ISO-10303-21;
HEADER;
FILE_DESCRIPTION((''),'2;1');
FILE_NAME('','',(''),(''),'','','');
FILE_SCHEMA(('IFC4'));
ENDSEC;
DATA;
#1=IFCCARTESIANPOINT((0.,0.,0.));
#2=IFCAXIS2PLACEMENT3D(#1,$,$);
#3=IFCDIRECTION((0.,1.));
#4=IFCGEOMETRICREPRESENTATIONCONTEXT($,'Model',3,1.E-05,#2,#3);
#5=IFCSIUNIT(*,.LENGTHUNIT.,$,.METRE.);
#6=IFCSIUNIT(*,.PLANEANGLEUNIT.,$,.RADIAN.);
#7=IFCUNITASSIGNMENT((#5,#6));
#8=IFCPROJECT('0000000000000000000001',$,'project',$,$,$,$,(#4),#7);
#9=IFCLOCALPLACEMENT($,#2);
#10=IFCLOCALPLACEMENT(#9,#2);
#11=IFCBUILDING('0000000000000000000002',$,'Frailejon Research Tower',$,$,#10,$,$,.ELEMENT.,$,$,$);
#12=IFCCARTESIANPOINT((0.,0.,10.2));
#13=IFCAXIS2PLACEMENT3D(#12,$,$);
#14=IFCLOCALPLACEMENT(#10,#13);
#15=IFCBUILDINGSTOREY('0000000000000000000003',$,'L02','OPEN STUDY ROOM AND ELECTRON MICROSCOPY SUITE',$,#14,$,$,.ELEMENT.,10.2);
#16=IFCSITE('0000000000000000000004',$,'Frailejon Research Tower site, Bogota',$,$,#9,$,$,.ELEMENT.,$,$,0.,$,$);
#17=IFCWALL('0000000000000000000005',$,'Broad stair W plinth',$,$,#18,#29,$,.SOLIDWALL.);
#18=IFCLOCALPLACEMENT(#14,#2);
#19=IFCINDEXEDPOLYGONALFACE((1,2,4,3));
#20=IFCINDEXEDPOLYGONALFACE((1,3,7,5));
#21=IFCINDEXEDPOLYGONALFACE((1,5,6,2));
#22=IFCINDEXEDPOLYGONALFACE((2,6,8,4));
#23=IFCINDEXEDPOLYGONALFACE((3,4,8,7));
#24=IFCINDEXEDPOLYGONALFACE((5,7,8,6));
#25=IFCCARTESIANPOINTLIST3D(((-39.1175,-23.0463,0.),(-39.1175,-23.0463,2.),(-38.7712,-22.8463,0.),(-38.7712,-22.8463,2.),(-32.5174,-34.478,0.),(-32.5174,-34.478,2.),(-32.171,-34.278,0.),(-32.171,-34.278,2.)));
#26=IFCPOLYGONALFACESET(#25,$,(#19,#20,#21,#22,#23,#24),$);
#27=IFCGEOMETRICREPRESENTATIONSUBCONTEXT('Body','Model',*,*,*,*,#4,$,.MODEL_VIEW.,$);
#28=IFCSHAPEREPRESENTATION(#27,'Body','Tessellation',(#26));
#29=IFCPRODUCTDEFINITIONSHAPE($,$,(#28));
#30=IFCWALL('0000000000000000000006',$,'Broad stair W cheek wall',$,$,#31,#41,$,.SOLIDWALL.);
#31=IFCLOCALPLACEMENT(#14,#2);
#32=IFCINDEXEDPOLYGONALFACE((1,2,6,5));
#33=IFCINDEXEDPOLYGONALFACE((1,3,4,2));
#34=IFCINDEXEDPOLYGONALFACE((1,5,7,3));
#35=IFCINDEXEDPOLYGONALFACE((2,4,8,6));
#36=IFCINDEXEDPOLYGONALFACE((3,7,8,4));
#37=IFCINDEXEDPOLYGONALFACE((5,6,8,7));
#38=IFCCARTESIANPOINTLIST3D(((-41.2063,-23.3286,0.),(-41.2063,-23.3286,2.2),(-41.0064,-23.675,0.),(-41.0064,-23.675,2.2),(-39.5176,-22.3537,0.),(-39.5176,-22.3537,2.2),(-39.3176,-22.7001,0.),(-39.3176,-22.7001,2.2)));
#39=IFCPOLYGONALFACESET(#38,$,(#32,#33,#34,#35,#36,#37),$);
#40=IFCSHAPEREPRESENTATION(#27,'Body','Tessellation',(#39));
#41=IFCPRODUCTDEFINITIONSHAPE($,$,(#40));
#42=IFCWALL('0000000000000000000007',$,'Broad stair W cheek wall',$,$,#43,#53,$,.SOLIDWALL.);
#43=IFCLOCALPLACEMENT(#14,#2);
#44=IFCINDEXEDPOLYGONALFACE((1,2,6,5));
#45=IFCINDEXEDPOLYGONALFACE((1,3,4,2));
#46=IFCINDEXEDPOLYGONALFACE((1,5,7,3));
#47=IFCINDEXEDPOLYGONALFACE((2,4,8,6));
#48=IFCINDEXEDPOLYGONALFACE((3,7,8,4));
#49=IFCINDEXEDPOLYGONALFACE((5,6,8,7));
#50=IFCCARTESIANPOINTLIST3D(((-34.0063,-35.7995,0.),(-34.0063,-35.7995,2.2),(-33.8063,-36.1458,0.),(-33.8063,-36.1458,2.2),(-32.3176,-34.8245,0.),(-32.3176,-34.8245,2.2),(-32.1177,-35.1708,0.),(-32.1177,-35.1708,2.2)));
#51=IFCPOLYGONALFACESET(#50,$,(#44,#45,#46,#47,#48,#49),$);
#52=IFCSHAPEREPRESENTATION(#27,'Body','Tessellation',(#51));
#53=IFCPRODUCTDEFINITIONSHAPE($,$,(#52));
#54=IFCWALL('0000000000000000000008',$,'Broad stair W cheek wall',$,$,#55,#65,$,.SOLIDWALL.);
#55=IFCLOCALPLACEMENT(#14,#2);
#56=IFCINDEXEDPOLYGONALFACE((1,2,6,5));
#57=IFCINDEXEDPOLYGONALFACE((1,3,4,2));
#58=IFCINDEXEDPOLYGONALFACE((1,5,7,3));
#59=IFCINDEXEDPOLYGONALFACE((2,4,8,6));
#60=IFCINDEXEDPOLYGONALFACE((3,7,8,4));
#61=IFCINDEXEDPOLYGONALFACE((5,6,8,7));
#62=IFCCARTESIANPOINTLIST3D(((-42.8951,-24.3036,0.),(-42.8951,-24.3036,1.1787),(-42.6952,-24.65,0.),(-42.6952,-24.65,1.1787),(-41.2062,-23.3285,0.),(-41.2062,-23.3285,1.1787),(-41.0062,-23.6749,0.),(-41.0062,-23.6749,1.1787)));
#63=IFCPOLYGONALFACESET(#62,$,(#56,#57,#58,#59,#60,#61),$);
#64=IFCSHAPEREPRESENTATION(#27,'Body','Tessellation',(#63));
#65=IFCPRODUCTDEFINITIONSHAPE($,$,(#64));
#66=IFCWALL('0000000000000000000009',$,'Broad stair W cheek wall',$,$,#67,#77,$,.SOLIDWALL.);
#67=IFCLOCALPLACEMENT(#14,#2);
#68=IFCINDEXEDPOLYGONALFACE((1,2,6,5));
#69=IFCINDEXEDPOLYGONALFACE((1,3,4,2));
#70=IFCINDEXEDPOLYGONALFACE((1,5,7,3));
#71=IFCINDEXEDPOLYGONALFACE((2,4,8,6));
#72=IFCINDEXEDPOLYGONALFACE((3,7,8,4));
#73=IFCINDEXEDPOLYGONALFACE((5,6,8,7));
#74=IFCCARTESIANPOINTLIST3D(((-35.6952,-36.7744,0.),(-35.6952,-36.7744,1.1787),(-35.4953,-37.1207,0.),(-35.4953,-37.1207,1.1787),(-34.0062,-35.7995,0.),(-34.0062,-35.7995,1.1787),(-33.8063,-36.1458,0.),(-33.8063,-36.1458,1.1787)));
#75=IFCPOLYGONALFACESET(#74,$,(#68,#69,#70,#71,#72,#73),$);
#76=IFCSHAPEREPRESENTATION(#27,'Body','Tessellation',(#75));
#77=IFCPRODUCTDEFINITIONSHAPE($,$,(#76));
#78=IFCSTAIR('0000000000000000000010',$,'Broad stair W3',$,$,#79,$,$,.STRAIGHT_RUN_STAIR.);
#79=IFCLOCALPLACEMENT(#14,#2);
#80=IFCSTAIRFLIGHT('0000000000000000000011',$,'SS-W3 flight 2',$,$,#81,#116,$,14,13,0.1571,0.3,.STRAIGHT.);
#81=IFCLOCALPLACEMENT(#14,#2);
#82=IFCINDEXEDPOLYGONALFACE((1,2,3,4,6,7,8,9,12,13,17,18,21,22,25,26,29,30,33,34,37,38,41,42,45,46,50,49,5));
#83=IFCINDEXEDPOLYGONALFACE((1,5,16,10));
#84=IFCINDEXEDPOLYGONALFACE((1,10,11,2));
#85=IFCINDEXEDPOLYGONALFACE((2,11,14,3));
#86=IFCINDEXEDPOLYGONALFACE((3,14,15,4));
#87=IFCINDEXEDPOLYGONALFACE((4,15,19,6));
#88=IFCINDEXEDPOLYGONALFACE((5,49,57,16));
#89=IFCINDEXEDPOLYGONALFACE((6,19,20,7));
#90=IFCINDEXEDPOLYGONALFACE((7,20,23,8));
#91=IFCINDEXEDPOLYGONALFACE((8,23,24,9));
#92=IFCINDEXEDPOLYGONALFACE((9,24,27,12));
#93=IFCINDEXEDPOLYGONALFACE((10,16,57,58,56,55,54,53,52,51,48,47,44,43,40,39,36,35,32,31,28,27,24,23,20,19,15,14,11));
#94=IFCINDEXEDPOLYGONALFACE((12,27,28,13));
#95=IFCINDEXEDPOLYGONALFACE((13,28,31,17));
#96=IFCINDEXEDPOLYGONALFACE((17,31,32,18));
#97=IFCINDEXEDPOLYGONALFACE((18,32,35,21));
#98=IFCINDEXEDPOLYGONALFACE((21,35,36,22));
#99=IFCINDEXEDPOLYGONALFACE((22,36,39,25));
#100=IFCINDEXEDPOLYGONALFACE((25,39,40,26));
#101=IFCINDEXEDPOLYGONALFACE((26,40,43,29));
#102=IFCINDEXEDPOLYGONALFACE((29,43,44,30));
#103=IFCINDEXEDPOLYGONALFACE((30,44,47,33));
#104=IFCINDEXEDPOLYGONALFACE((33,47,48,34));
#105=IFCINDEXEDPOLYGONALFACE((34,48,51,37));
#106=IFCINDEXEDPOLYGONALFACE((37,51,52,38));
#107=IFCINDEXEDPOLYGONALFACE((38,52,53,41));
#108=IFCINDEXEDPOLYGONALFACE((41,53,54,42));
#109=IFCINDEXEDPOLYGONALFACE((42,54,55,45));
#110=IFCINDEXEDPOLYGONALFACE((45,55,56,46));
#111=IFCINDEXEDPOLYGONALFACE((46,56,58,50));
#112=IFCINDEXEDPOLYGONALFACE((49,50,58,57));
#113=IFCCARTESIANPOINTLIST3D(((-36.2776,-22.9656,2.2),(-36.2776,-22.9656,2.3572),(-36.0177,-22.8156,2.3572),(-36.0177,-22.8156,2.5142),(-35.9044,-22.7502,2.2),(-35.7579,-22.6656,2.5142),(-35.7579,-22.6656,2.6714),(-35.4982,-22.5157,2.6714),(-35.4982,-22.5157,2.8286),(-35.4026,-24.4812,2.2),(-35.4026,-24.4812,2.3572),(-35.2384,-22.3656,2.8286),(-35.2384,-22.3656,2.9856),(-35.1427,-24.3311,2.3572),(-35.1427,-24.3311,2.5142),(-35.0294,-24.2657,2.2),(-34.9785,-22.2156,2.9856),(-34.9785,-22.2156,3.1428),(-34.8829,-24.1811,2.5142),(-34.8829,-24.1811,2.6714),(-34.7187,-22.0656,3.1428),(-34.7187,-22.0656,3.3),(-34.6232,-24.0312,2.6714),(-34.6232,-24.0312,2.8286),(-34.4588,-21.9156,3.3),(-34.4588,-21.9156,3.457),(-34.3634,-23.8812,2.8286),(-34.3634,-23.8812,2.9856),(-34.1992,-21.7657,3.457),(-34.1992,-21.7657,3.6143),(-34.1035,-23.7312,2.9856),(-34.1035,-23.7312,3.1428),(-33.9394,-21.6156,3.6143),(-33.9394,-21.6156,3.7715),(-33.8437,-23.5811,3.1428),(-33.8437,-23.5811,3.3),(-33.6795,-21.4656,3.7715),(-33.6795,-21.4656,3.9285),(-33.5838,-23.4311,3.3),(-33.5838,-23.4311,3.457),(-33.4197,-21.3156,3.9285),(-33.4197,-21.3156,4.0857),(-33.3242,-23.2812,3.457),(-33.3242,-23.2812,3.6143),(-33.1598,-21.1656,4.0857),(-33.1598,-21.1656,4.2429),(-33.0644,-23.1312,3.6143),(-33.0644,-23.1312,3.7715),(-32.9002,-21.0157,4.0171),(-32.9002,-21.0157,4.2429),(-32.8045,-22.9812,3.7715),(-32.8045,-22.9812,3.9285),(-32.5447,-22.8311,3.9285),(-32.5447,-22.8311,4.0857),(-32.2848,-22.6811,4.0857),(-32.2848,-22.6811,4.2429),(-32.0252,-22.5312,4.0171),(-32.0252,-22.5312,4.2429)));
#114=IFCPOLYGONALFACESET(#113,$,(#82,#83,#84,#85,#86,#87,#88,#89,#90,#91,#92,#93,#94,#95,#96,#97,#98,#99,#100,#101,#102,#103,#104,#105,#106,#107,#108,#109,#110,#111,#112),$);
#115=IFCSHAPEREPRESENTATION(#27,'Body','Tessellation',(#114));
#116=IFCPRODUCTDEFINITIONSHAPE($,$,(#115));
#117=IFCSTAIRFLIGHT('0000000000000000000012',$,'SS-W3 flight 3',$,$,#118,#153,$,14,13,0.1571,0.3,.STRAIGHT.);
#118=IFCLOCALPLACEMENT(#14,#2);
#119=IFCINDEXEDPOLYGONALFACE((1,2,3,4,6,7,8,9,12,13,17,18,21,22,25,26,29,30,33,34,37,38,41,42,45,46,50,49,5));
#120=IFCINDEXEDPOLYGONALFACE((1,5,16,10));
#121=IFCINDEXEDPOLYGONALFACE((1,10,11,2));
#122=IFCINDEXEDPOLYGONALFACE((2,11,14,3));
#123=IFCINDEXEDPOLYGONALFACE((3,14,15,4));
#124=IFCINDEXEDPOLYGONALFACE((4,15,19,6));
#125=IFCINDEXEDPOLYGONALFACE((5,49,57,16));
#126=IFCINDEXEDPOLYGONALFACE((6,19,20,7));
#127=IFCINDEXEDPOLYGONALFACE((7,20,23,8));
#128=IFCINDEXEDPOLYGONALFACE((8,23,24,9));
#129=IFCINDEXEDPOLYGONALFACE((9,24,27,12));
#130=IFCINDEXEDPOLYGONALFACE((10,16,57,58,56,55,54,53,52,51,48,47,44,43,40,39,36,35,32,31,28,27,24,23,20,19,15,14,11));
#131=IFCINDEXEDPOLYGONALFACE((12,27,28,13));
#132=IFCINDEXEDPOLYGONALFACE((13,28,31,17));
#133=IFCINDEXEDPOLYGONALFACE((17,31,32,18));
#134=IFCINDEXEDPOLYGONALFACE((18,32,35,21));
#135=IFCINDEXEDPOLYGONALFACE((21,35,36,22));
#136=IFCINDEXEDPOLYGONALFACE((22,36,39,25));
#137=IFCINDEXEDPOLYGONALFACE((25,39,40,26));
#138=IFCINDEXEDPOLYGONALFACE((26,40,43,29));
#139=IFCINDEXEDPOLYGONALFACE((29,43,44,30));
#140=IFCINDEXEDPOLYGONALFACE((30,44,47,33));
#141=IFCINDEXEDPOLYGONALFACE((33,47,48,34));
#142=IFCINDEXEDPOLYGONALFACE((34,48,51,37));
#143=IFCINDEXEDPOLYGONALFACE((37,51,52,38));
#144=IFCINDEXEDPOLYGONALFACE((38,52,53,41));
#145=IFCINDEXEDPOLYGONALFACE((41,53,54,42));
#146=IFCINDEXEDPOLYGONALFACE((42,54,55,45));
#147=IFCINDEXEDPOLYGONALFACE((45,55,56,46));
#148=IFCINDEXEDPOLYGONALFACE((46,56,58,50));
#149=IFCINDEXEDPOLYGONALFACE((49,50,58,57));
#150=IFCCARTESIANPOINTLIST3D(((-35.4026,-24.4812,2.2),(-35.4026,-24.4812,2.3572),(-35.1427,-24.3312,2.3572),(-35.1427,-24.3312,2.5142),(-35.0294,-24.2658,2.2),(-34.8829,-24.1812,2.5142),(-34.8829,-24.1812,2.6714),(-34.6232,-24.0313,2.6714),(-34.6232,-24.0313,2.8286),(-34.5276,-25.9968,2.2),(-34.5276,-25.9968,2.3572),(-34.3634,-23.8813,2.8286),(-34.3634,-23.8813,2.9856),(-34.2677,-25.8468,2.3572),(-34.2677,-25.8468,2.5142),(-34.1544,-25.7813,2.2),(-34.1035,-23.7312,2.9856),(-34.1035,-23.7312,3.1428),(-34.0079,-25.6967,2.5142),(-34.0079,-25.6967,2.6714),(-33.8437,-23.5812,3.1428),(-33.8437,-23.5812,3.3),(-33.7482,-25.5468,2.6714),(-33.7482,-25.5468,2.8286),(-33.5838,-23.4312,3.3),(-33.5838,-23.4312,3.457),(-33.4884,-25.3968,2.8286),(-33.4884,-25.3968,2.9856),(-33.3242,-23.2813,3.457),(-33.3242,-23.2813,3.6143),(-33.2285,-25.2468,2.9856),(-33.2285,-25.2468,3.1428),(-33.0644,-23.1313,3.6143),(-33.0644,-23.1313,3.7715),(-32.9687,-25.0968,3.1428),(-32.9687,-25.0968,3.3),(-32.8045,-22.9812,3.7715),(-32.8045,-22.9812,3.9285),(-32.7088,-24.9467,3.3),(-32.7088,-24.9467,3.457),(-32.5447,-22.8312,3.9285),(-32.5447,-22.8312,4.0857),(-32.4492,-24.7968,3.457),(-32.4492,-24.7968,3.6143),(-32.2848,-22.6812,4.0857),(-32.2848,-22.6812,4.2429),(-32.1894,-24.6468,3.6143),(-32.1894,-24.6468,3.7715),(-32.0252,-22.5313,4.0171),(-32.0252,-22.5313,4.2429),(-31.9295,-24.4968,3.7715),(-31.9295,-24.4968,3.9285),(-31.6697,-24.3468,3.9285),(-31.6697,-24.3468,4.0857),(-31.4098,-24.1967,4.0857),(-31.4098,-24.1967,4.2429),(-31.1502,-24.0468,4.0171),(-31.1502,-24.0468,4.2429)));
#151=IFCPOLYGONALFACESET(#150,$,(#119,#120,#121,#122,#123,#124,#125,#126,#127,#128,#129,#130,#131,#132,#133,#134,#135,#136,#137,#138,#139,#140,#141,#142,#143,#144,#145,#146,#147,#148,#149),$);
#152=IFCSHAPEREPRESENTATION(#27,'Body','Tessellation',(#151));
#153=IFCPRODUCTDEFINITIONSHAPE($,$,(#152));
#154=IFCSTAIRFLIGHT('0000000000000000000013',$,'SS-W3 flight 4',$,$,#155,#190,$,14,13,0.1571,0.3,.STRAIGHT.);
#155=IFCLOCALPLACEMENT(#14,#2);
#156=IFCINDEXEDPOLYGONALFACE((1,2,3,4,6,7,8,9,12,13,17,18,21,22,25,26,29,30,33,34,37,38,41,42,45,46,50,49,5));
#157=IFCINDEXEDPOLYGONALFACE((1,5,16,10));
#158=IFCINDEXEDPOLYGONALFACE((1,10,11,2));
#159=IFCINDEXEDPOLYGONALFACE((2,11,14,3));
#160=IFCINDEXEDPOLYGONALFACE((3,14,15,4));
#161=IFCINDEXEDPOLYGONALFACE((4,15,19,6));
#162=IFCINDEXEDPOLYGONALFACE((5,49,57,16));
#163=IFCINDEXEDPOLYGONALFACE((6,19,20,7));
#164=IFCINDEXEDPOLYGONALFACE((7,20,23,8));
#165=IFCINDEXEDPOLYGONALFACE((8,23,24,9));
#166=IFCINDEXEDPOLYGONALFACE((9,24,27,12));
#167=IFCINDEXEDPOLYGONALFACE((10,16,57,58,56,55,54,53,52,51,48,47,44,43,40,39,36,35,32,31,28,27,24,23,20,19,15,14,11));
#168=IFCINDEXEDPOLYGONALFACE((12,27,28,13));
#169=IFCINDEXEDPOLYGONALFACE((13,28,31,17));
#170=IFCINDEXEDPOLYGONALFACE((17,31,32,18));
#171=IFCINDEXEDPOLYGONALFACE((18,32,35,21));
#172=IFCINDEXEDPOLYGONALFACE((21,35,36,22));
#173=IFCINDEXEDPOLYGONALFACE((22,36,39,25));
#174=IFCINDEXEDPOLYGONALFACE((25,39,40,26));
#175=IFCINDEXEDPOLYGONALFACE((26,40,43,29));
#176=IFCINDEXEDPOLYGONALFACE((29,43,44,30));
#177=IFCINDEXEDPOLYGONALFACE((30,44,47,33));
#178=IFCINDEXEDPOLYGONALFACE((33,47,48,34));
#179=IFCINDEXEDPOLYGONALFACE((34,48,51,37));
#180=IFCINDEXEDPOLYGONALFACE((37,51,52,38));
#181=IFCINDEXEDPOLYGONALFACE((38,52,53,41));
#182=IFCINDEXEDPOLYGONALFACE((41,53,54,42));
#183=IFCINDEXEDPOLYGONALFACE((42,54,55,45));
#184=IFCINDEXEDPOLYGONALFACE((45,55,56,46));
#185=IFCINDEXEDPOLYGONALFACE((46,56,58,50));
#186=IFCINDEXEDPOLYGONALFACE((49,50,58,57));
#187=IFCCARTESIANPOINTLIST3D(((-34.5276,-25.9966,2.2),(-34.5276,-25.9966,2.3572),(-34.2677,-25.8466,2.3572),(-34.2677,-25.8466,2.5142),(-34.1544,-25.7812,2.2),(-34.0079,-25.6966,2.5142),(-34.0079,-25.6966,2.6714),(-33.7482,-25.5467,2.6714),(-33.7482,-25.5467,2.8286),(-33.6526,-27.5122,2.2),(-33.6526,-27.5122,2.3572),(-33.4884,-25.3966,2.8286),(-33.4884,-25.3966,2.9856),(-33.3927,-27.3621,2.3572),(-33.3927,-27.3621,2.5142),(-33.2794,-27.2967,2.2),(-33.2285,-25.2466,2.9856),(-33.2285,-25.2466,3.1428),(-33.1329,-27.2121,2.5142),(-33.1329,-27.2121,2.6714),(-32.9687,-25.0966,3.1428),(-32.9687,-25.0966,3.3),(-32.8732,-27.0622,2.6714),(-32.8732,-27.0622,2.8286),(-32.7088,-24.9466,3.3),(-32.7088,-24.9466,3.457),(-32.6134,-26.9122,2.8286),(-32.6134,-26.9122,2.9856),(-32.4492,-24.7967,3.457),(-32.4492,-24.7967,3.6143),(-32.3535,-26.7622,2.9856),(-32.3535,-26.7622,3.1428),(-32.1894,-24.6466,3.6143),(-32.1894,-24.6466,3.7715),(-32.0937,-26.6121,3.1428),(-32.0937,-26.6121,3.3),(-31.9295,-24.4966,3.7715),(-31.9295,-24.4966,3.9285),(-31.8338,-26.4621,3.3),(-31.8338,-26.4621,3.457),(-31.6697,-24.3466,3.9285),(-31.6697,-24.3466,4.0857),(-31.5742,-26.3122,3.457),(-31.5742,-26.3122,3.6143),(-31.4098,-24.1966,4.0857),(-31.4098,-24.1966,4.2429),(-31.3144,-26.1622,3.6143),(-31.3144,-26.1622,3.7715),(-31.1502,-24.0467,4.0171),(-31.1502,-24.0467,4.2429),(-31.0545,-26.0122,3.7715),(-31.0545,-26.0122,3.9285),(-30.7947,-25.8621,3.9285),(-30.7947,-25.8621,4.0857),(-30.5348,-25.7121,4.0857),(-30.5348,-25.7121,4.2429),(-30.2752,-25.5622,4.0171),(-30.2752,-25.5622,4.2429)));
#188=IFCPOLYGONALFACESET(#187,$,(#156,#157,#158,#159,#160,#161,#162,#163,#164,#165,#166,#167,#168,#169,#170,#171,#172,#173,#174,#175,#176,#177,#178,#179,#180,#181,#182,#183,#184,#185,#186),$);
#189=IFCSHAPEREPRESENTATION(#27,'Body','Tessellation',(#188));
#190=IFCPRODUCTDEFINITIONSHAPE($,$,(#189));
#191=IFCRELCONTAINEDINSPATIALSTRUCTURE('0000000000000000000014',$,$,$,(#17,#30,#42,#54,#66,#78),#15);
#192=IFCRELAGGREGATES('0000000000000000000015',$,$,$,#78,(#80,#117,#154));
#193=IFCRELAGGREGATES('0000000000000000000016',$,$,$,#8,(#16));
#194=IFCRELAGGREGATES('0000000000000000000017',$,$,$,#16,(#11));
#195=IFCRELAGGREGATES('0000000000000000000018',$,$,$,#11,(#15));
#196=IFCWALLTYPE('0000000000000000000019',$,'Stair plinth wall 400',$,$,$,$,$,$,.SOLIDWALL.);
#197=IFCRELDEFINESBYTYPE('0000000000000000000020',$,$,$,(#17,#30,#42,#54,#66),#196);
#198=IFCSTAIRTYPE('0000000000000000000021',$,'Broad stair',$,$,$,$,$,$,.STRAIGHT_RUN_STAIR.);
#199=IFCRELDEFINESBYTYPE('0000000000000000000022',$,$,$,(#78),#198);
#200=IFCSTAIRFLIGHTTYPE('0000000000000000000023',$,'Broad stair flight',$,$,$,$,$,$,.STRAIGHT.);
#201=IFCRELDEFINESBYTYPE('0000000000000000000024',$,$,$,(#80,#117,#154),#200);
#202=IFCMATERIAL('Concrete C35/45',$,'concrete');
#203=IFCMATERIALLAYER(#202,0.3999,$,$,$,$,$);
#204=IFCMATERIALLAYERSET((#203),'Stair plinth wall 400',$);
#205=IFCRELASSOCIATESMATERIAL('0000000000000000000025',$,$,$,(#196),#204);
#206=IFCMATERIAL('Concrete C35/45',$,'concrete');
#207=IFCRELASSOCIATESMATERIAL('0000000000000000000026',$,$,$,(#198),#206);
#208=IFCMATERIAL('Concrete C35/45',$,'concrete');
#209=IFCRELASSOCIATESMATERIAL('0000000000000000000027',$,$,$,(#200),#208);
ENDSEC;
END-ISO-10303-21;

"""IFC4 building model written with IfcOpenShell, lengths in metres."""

from ifc_helpers import new_model, si_unit, direction, frame, frame_2d, origin, place, context, subcontext, project, spatial, polyline, rectangle, outline, extrude, material, layer, layer_set, type_object, element, aggregate, save


model = new_model("IFC4")

# Units and contexts
model_context = context("Model", 3, precision=1e-05, world=origin(), true_north=direction((0.0, 1.0)))
body_context = subcontext(model_context, "Body", "Model", "MODEL_VIEW")
ifc_project = project(units=[si_unit("LENGTHUNIT", "METRE"), si_unit("PLANEANGLEUNIT", "RADIAN")], contexts=[model_context])

# Site, building, storey
site_placement = place(None, origin())
site = spatial("IfcSite", under=ifc_project, at=site_placement, Name="Frailejon Research Tower site, Bogota", CompositionType="ELEMENT", RefElevation=0.0)
building_placement = place(site_placement, origin())
building = spatial("IfcBuilding", under=site, at=building_placement, Name="Frailejon Research Tower", CompositionType="ELEMENT")
storey_placement = place(building_placement, frame((0.0, 0.0, 10.2)))
storey = spatial("IfcBuildingStorey", under=building, at=storey_placement, Name="L02", Description="OPEN STUDY ROOM AND ELECTRON MICROSCOPY SUITE", CompositionType="ELEMENT", Elevation=10.2)

# Walls
ifc_material_1 = material(Name="Concrete C35/45", Category="concrete")
ifc_layer = layer(ifc_material_1, 0.3999)
ifc_layer_set = layer_set([ifc_layer], Name="Stair plinth wall 400")
wall_type = type_object("IfcWallType", Name="Stair plinth wall 400", PredefinedType="SOLIDWALL", material=ifc_layer_set)
wall_placement = place(storey_placement, frame((-38.9443, -22.9463, 0.0), z_axis=(0.0, 0.0, 1.0), x_axis=(0.500002, -0.866024, 0.0)))
element("IfcWall", 1, at=wall_placement, inside=storey, type_object=wall_type, Name="Broad stair W plinth", PredefinedType="SOLIDWALL", context=body_context, shape_type="SweptSolid", body=[
    extrude(rectangle(XDim=13.2002, YDim=0.3999, at=frame_2d((6.6001, 0.0))), origin(), (0.0, 0.0, 1.0), 2.0),
])
for number, where, z_axis, x_axis, name in (
    (2, (-39.4175, -22.5269, 0.0), (0.0, 0.0, 1.0), (-0.866054, -0.49995, 0.0), "Broad stair W cheek wall"),
    (3, (-32.2175, -34.9976, 0.0), (0.0, 0.0, 1.0), (-0.866, -0.500044, 0.0), "Broad stair W cheek wall"),
):
    element("IfcWall", number, at=place(storey_placement, frame(where, z_axis=z_axis, x_axis=x_axis)), inside=storey, type_object=wall_type, Name=name, PredefinedType="SOLIDWALL", context=body_context, shape_type="SweptSolid", body=[
        extrude(rectangle(XDim=1.95, YDim=0.3999, at=frame_2d((0.9751, 0.0))), origin(), (0.0, 0.0, 1.0), 2.2),
    ])
for number, where, z_axis, x_axis, name in (
    (4, (-41.1062, -23.5017, 0.0), (0.0, 0.0, 1.0), (-0.866031, -0.49999, 0.0), "Broad stair W cheek wall"),
    (5, (-33.9062, -35.9727, 0.0), (0.0, 0.0, 1.0), (-0.866086, -0.499896, 0.0), "Broad stair W cheek wall"),
):
    element("IfcWall", number, at=place(storey_placement, frame(where, z_axis=z_axis, x_axis=x_axis)), inside=storey, type_object=wall_type, Name=name, PredefinedType="SOLIDWALL", context=body_context, shape_type="SweptSolid", body=[
        extrude(rectangle(XDim=1.9502, YDim=0.3999, at=frame_2d((0.9751, 0.0))), origin(), (0.0, 0.0, 1.0), 1.1787),
    ])

# Stair, stair flights
ifc_material_2 = material(Name="Concrete C35/45", Category="concrete")
stair_type = type_object("IfcStairType", Name="Broad stair", PredefinedType="STRAIGHT_RUN_STAIR", material=ifc_material_2)
stair_placement = place(storey_placement, origin())
stair = element("IfcStair", 6, at=stair_placement, inside=storey, type_object=stair_type, Name="Broad stair W3", PredefinedType="STRAIGHT_RUN_STAIR")
ifc_material_3 = material(Name="Concrete C35/45", Category="concrete")
stair_flight_type = type_object("IfcStairFlightType", Name="Broad stair flight", PredefinedType="STRAIGHT", material=ifc_material_3)
stair_flight_1_placement = place(storey_placement, frame((-35.8401, -23.7234, 2.2), z_axis=(0.0, 0.0, 1.0), x_axis=(0.866025, 0.5, 0.0)))
stair_flight_1 = element("IfcStairFlight", 7, at=stair_flight_1_placement, type_object=stair_flight_type, Name="SS-W3 flight 2", NumberOfRisers=14, NumberOfTreads=13, PredefinedType="STRAIGHT", RiserHeight=0.1571, TreadLength=0.3, context=body_context, shape_type="SweptSolid", body=[
    extrude(outline(polyline([(0.0, 0.0), (0.0, 0.1572), (0.3, 0.1572), (0.3, 0.3142), (0.6001, 0.3142), (0.6001, 0.4714), (0.8999, 0.4714), (0.8999, 0.6287), (1.2, 0.6287), (1.2, 0.7856), (1.5, 0.7856), (1.5, 0.9429), (1.8, 0.9429), (1.8, 1.1001), (2.1001, 1.1001), (2.1001, 1.2571), (2.3999, 1.2571), (2.3999, 1.4143), (2.7, 1.4143), (2.7, 1.5715), (3.0, 1.5715), (3.0, 1.7285), (3.3, 1.7285), (3.3, 1.8857), (3.6001, 1.8857), (3.6001, 2.043), (3.8999, 2.043), (3.8999, 2.2), (3.8999, 1.8171), (0.4309, 0.0), (0.0, 0.0)])), frame((0.0, 0.875, 0.0), z_axis=(0.0, -1.0, 0.0), x_axis=(1.0, 0.0, 0.0)), (0.0, 0.0, 1.0), 1.75),
])
stair_flight_2_placement = place(storey_placement, frame((-34.9651, -25.239, 2.2), z_axis=(0.0, 0.0, 1.0), x_axis=(0.866025, 0.5, 0.0)))
stair_flight_2 = element("IfcStairFlight", 8, at=stair_flight_2_placement, type_object=stair_flight_type, Name="SS-W3 flight 3", NumberOfRisers=14, NumberOfTreads=13, PredefinedType="STRAIGHT", RiserHeight=0.1571, TreadLength=0.3, context=body_context, shape_type="SweptSolid", body=[
    extrude(outline(polyline([(0.0, 0.0), (0.0, 0.1572), (0.3, 0.1572), (0.3, 0.3142), (0.6001, 0.3142), (0.6001, 0.4714), (0.8999, 0.4714), (0.8999, 0.6287), (1.2, 0.6287), (1.2, 0.7856), (1.5, 0.7856), (1.5, 0.9429), (1.8, 0.9429), (1.8, 1.1001), (2.1001, 1.1001), (2.1001, 1.2571), (2.3999, 1.2571), (2.3999, 1.4143), (2.7, 1.4143), (2.7, 1.5715), (3.0, 1.5715), (3.0, 1.7285), (3.3, 1.7285), (3.3, 1.8857), (3.6001, 1.8857), (3.6001, 2.043), (3.8999, 2.043), (3.8999, 2.2), (3.8999, 1.8171), (0.4309, 0.0), (0.0, 0.0)])), frame((0.0, 0.875, 0.0), z_axis=(0.0, -1.0, 0.0), x_axis=(1.0, 0.0, 0.0)), (0.0, 0.0, 1.0), 1.75),
])
stair_flight_3_placement = place(storey_placement, frame((-34.0901, -26.7544, 2.2), z_axis=(0.0, 0.0, 1.0), x_axis=(0.866025, 0.5, 0.0)))
stair_flight_3 = element("IfcStairFlight", 9, at=stair_flight_3_placement, type_object=stair_flight_type, Name="SS-W3 flight 4", NumberOfRisers=14, NumberOfTreads=13, PredefinedType="STRAIGHT", RiserHeight=0.1571, TreadLength=0.3, context=body_context, shape_type="SweptSolid", body=[
    extrude(outline(polyline([(0.0, 0.0), (0.0, 0.1572), (0.3, 0.1572), (0.3, 0.3142), (0.6001, 0.3142), (0.6001, 0.4714), (0.8999, 0.4714), (0.8999, 0.6287), (1.2, 0.6287), (1.2, 0.7856), (1.5, 0.7856), (1.5, 0.9429), (1.8, 0.9429), (1.8, 1.1001), (2.1001, 1.1001), (2.1001, 1.2571), (2.3999, 1.2571), (2.3999, 1.4143), (2.7, 1.4143), (2.7, 1.5715), (3.0, 1.5715), (3.0, 1.7285), (3.3, 1.7285), (3.3, 1.8857), (3.6001, 1.8857), (3.6001, 2.043), (3.8999, 2.043), (3.8999, 2.2), (3.8999, 1.8171), (0.4309, 0.0), (0.0, 0.0)])), frame((0.0, 0.875, 0.0), z_axis=(0.0, -1.0, 0.0), x_axis=(1.0, 0.0, 0.0)), (0.0, 0.0, 1.0), 1.75),
])
aggregate(stair, [stair_flight_1, stair_flight_2, stair_flight_3])

save(model, "model.ifc")
